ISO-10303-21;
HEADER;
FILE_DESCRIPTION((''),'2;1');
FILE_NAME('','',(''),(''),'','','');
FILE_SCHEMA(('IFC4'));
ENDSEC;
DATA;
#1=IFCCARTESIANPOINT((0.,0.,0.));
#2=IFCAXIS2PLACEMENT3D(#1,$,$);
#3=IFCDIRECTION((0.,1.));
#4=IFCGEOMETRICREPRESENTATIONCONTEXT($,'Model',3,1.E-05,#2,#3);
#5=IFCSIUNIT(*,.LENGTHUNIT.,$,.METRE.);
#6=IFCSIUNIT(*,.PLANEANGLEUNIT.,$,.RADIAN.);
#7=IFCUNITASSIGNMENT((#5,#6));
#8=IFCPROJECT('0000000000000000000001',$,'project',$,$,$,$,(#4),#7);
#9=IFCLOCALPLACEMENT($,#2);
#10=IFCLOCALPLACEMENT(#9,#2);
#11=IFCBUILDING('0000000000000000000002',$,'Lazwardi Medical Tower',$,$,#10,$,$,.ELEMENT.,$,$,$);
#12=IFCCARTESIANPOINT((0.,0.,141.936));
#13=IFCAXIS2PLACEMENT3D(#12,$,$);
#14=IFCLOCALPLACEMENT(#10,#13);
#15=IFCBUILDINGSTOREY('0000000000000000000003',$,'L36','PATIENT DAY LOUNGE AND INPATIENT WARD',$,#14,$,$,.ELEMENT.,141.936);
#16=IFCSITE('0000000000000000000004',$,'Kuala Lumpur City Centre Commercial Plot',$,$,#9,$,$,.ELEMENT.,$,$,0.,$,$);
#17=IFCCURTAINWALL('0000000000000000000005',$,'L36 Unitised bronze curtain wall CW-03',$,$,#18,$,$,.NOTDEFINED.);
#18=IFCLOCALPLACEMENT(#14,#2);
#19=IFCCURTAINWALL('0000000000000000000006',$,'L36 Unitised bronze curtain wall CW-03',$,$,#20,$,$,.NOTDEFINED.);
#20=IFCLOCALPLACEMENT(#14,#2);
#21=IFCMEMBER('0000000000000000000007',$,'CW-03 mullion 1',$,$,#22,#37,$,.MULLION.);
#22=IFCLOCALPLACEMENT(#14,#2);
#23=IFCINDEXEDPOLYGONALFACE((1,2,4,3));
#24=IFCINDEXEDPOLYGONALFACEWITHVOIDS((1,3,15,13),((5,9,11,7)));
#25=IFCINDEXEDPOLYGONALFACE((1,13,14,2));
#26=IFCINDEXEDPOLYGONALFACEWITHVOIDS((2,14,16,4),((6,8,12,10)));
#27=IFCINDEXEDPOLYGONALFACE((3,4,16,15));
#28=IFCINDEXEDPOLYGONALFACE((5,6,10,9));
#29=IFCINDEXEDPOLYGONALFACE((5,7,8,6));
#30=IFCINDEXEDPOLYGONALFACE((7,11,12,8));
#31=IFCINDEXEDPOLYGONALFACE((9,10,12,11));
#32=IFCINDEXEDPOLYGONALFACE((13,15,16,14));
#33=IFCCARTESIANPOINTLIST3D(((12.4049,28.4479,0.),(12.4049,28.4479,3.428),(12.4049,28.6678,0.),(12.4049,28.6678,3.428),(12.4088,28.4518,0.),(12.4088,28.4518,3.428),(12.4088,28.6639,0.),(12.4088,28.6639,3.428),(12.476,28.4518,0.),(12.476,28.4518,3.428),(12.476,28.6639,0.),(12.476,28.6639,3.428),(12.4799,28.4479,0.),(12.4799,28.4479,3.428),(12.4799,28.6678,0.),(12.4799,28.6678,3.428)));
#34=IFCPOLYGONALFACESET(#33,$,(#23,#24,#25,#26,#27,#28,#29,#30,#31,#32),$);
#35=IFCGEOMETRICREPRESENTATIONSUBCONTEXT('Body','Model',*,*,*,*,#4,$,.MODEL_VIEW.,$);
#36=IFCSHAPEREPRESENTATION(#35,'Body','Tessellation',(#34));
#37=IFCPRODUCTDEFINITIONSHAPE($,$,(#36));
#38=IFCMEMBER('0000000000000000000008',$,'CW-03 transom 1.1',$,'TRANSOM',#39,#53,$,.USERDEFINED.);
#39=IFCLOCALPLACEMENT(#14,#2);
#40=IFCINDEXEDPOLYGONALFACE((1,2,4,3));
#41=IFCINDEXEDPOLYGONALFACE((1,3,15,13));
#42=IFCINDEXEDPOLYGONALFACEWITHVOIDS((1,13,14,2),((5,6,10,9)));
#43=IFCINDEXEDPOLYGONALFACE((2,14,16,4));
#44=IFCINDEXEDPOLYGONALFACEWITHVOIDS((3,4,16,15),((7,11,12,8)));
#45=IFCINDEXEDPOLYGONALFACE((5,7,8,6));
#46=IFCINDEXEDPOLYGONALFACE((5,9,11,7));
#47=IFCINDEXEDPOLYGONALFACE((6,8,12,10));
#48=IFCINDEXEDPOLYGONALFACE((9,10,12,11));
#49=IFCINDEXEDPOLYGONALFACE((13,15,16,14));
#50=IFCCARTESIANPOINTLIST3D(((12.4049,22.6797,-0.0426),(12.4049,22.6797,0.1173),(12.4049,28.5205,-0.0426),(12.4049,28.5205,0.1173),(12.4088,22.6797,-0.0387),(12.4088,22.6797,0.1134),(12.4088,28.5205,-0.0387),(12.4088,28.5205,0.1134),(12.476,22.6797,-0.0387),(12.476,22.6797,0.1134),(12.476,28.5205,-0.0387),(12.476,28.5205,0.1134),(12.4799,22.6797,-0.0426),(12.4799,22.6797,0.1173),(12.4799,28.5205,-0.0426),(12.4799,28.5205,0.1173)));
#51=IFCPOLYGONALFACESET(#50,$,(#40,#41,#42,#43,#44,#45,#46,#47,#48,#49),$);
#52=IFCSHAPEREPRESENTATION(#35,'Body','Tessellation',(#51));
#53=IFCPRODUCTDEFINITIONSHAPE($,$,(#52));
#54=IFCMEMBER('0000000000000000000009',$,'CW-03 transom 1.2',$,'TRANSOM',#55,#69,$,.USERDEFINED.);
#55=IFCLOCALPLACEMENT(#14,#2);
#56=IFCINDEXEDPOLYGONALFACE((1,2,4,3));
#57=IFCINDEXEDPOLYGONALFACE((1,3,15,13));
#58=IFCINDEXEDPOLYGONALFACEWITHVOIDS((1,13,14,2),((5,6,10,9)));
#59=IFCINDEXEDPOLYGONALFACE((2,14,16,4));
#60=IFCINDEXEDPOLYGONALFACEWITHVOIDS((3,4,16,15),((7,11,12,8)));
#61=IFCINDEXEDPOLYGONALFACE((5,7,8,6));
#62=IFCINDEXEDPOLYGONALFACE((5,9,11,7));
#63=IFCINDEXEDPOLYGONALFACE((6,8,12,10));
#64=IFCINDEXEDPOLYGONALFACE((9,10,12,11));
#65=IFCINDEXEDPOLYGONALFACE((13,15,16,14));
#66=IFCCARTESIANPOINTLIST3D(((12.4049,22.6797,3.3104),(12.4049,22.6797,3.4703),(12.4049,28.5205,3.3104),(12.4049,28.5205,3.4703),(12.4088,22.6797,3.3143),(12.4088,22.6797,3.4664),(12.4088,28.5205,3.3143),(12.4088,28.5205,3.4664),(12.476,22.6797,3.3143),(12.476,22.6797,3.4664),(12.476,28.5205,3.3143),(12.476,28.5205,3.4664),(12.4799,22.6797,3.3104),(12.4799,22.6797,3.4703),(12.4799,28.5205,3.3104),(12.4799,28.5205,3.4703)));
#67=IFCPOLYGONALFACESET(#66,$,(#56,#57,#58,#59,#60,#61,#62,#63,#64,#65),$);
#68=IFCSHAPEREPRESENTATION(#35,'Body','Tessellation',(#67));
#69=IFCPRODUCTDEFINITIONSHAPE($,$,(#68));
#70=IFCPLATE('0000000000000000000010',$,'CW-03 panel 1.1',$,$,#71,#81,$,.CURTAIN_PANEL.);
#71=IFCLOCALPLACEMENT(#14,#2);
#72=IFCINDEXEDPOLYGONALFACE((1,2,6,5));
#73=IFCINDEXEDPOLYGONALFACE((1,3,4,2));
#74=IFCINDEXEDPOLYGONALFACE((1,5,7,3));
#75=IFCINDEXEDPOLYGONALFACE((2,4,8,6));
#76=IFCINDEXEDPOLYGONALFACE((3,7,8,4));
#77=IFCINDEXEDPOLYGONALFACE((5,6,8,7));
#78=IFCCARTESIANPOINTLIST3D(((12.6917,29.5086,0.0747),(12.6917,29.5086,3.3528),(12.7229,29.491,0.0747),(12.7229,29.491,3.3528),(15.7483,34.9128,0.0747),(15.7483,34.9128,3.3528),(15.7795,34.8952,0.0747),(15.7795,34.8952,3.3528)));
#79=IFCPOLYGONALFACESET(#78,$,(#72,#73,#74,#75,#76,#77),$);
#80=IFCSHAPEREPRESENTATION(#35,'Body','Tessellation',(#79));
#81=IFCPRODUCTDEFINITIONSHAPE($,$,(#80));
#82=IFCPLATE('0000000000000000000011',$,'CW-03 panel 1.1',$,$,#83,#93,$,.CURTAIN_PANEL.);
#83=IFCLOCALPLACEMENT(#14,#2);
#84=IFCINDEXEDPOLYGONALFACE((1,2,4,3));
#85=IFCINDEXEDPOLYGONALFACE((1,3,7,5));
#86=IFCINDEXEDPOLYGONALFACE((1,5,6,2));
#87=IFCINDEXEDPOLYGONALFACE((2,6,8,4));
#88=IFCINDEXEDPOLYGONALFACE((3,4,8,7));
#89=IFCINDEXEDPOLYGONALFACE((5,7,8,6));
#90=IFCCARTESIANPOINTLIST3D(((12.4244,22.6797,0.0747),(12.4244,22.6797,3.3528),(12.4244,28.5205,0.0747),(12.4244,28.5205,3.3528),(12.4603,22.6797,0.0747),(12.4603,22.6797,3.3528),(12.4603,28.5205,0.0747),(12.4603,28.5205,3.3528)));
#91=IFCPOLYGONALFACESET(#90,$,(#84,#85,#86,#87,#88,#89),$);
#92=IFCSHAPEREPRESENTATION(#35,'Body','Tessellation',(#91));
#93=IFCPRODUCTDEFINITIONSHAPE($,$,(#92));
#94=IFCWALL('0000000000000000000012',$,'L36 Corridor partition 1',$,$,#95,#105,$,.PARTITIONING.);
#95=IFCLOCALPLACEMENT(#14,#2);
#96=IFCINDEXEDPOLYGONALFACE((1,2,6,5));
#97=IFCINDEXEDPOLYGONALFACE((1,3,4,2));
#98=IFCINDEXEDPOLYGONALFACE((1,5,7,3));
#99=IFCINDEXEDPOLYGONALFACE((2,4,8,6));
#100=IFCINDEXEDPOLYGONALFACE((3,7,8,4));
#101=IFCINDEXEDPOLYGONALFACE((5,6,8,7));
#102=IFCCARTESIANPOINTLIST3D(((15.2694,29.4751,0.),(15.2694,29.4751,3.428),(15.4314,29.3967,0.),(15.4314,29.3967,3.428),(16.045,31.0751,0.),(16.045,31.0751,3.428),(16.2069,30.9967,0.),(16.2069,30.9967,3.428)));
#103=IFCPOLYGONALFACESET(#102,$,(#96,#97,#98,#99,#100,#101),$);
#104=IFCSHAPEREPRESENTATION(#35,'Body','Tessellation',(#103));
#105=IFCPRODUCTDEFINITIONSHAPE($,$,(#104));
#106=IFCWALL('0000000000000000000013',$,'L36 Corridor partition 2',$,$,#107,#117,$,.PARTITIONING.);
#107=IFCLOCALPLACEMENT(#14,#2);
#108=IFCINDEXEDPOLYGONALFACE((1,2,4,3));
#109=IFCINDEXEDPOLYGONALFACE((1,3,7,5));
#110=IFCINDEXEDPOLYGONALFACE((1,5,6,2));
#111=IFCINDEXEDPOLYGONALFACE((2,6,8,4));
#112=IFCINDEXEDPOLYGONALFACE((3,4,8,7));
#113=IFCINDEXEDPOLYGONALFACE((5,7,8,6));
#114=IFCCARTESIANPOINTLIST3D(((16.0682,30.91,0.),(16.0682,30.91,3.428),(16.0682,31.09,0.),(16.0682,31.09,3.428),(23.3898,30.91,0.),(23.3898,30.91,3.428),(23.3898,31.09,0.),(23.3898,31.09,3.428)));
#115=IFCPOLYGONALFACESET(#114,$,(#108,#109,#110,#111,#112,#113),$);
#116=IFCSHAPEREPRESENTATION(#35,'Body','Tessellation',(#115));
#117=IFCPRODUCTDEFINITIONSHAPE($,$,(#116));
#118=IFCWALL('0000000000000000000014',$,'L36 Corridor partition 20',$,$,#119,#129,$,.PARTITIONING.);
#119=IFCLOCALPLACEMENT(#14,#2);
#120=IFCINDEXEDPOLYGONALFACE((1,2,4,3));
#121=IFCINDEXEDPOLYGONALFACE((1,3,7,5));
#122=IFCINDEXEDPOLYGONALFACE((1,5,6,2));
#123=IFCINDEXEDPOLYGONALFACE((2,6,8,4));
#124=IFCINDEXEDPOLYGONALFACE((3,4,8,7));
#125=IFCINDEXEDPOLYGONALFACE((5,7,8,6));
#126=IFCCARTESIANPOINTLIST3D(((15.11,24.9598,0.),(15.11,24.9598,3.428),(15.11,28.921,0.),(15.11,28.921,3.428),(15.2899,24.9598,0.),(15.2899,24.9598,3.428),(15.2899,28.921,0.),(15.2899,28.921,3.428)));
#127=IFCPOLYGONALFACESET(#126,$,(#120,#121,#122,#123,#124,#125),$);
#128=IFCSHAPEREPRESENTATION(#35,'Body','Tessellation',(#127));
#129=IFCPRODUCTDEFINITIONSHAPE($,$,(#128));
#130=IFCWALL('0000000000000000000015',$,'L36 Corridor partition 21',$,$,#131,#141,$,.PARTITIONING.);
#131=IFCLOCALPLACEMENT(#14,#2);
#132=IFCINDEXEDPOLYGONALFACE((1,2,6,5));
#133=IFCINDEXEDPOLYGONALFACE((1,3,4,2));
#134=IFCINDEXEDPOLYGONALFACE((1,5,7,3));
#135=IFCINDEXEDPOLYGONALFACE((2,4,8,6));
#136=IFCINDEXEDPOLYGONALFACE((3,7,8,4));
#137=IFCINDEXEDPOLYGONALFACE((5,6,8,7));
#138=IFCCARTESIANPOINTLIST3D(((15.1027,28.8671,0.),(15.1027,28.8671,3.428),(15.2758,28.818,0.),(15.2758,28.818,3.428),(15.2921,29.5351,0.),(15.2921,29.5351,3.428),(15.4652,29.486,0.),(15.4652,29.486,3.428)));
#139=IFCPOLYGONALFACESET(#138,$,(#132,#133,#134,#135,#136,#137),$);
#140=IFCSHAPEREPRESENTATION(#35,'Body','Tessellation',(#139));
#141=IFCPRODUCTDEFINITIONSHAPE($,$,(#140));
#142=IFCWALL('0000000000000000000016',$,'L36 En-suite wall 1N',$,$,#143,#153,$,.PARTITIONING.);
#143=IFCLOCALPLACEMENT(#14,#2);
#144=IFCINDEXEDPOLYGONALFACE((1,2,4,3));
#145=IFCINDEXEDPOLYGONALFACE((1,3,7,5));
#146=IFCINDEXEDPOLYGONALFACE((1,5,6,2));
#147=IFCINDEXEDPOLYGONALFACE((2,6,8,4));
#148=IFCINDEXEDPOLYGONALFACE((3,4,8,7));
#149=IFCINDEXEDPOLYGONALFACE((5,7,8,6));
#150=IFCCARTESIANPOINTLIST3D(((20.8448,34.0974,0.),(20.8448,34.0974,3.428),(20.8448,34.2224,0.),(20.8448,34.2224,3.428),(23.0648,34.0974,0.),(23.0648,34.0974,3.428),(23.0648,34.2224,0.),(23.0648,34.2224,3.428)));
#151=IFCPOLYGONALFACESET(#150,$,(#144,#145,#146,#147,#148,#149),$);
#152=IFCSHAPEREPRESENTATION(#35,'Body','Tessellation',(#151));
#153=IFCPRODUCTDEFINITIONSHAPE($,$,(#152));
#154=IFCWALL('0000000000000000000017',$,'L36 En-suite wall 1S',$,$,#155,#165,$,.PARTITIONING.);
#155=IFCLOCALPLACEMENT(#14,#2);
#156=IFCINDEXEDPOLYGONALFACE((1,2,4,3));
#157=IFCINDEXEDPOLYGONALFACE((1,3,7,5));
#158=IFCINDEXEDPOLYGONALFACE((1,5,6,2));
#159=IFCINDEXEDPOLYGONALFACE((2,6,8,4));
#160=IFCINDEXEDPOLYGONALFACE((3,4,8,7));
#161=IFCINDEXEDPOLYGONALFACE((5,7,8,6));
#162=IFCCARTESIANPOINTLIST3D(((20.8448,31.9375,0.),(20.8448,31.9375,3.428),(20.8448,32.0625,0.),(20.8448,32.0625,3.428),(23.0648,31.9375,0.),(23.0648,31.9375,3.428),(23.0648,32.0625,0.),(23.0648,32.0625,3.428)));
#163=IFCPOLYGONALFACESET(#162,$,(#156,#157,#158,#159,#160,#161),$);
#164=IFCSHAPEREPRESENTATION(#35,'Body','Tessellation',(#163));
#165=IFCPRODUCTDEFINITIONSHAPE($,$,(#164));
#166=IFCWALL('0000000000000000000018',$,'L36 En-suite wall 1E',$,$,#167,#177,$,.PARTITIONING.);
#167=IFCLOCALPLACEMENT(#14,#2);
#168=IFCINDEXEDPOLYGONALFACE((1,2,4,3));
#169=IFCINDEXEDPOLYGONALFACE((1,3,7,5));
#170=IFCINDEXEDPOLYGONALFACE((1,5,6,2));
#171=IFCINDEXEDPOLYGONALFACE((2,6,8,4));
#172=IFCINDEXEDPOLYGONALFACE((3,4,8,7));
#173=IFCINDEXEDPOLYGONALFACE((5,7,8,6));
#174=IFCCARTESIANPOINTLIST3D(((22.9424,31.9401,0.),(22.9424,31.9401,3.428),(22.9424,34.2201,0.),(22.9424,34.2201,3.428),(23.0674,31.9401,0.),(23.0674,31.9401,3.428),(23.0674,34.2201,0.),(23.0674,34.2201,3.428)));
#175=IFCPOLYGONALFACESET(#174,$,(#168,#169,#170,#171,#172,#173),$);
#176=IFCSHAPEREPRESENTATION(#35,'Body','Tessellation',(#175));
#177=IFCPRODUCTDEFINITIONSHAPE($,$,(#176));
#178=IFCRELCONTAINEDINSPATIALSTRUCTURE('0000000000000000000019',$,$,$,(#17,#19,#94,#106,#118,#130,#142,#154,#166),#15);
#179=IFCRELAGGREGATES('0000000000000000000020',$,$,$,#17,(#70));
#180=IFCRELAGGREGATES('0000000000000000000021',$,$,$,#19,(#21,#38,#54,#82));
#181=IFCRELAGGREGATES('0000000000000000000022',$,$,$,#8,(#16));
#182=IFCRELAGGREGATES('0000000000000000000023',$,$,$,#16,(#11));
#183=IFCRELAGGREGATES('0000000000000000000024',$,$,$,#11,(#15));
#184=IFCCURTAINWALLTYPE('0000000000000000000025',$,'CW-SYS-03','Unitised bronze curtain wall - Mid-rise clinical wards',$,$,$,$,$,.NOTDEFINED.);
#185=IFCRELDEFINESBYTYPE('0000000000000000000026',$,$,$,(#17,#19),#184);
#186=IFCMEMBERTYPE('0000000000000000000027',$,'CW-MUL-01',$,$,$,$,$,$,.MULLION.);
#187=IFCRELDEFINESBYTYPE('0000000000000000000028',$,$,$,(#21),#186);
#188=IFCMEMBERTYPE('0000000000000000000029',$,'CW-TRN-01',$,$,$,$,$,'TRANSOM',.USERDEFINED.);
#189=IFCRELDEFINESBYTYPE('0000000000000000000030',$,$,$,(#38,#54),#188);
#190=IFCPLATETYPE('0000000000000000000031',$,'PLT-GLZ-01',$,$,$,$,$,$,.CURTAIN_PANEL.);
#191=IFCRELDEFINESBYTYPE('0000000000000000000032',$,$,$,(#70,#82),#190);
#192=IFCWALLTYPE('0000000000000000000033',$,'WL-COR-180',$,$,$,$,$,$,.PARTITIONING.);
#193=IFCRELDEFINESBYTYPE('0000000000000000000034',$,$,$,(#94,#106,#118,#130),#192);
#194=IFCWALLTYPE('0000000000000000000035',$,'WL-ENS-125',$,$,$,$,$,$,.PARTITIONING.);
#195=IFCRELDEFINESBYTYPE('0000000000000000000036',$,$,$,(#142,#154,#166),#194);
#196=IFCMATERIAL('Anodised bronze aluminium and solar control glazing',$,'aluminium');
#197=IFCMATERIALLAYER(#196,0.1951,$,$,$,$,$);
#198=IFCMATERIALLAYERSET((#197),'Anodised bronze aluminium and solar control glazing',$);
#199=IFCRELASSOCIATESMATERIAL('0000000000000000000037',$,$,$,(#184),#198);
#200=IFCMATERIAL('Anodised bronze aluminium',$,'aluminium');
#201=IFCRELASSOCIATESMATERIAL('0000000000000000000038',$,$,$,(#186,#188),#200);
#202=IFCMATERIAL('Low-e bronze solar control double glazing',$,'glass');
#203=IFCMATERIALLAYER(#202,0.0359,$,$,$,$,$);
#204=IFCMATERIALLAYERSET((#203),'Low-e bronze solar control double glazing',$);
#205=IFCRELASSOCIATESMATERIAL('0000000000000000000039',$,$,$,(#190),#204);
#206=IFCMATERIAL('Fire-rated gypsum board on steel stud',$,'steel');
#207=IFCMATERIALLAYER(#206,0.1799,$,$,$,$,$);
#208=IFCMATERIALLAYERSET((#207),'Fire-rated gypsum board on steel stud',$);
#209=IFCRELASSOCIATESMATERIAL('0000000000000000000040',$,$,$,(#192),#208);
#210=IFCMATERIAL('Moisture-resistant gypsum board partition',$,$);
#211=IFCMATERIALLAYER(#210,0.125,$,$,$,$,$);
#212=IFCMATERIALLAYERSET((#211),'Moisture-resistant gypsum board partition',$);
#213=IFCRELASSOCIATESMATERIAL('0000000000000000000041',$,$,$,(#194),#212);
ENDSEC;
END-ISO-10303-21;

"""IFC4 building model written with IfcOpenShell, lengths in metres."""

from ifc_helpers import new_model, si_unit, direction, frame, frame_2d, origin, origin_2d, place, context, subcontext, project, spatial, rectangle, hollow_rectangle, extrude, material, layer, layer_set, material_profile, profile_set, type_object, element, aggregate, save


model = new_model("IFC4")

# Units and contexts
model_context = context("Model", 3, precision=1e-05, world=origin(), true_north=direction((0.0, 1.0)))
body_context = subcontext(model_context, "Body", "Model", "MODEL_VIEW")
ifc_project = project(units=[si_unit("LENGTHUNIT", "METRE"), si_unit("PLANEANGLEUNIT", "RADIAN")], contexts=[model_context])

# Site, building, storey
site_placement = place(None, origin())
site = spatial("IfcSite", under=ifc_project, at=site_placement, Name="Kuala Lumpur City Centre Commercial Plot", CompositionType="ELEMENT", RefElevation=0.0)
building_placement = place(site_placement, origin())
building = spatial("IfcBuilding", under=site, at=building_placement, Name="Lazwardi Medical Tower", CompositionType="ELEMENT")
storey_placement = place(building_placement, frame((0.0, 0.0, 141.936)))
storey = spatial("IfcBuildingStorey", under=building, at=storey_placement, Name="L36", Description="PATIENT DAY LOUNGE AND INPATIENT WARD", CompositionType="ELEMENT", Elevation=141.936)

# Curtain wall
ifc_material_1 = material(Name="Anodised bronze aluminium and solar control glazing", Category="aluminium")
ifc_layer_1 = layer(ifc_material_1, 0.1951)
ifc_layer_set_1 = layer_set([ifc_layer_1], Name="Anodised bronze aluminium and solar control glazing")
curtain_wall_type = type_object("IfcCurtainWallType", Name="CW-SYS-03", Description="Unitised bronze curtain wall - Mid-rise clinical wards", PredefinedType="NOTDEFINED", material=ifc_layer_set_1)
curtain_wall_1_placement = place(storey_placement, origin())
curtain_wall_1 = element("IfcCurtainWall", 1, at=curtain_wall_1_placement, inside=storey, type_object=curtain_wall_type, Name="L36 Unitised bronze curtain wall CW-03", PredefinedType="NOTDEFINED")
ifc_material_2 = material(Name="Anodised bronze aluminium", Category="aluminium")
ifc_material_profile_1 = material_profile(ifc_material_2, hollow_rectangle(XDim=0.075, YDim=0.22, WallThickness=0.0039, at=origin_2d()), Name="ALU-MULLION 220x75x4")
ifc_profile_set_1 = profile_set([ifc_material_profile_1], Name="Anodised bronze aluminium")
member_type_1 = type_object("IfcMemberType", Name="CW-MUL-01", PredefinedType="MULLION", material=ifc_profile_set_1)

# Curtain wall, members
curtain_wall_2_placement = place(storey_placement, origin())
curtain_wall_2 = element("IfcCurtainWall", 2, at=curtain_wall_2_placement, inside=storey, type_object=curtain_wall_type, Name="L36 Unitised bronze curtain wall CW-03", PredefinedType="NOTDEFINED")
member_1_placement = place(storey_placement, frame((12.4424, 28.5579, 0.0), z_axis=(0.0, 0.0, 1.0), x_axis=(1.0, 0.0, 0.0)))
member_1 = element("IfcMember", 3, at=member_1_placement, type_object=member_type_1, Name="CW-03 mullion 1", PredefinedType="MULLION", context=body_context, shape_type="SweptSolid", body=[
    extrude(hollow_rectangle(XDim=0.075, YDim=0.22, WallThickness=0.0039, at=origin_2d()), origin(), (0.0, 0.0, 1.0), 3.428),
])
ifc_material_profile_2 = material_profile(ifc_material_2, hollow_rectangle(XDim=0.075, YDim=0.1599, WallThickness=0.0039, at=origin_2d()), Name="ALU-TRANSOM 160x75x4")
ifc_profile_set_2 = profile_set([ifc_material_profile_2], Name="Anodised bronze aluminium")
member_type_2 = type_object("IfcMemberType", Name="CW-TRN-01", ElementType="TRANSOM", PredefinedType="USERDEFINED", material=ifc_profile_set_2)
member_2_placement = place(storey_placement, frame((12.4424, 28.5205, 0.0374), z_axis=(0.0, -1.0, 0.0), x_axis=(1.0, 0.0, 0.0)))
member_2 = element("IfcMember", 4, at=member_2_placement, type_object=member_type_2, Name="CW-03 transom 1.1", ObjectType="TRANSOM", PredefinedType="USERDEFINED", context=body_context, shape_type="SweptSolid", body=[
    extrude(hollow_rectangle(XDim=0.075, YDim=0.1599, WallThickness=0.0039, at=origin_2d()), origin(), (0.0, 0.0, 1.0), 5.8408),
])
member_3_placement = place(storey_placement, frame((12.4424, 28.5205, 3.3904), z_axis=(0.0, -1.0, 0.0), x_axis=(1.0, 0.0, 0.0)))
member_3 = element("IfcMember", 5, at=member_3_placement, type_object=member_type_2, Name="CW-03 transom 1.2", ObjectType="TRANSOM", PredefinedType="USERDEFINED", context=body_context, shape_type="SweptSolid", body=[
    extrude(hollow_rectangle(XDim=0.075, YDim=0.1599, WallThickness=0.0039, at=origin_2d()), origin(), (0.0, 0.0, 1.0), 5.8408),
])

# Plates
ifc_material_3 = material(Name="Low-e bronze solar control double glazing", Category="glass")
ifc_layer_2 = layer(ifc_material_3, 0.0359)
ifc_layer_set_2 = layer_set([ifc_layer_2], Name="Low-e bronze solar control double glazing")
plate_type = type_object("IfcPlateType", Name="PLT-GLZ-01", PredefinedType="CURTAIN_PANEL", material=ifc_layer_set_2)
plate_1_placement = place(storey_placement, frame((14.2356, 32.2019, 0.0747), z_axis=(0.0, 0.0, 1.0), x_axis=(-0.492312, -0.870419, 0.0)))
plate_1 = element("IfcPlate", 6, at=plate_1_placement, type_object=plate_type, Name="CW-03 panel 1.1", PredefinedType="CURTAIN_PANEL", context=body_context, shape_type="SweptSolid", body=[
    extrude(rectangle(XDim=6.2087, YDim=0.0359, at=origin_2d()), origin(), (0.0, 0.0, 1.0), 3.2781),
])
aggregate(curtain_wall_1, [plate_1])
plate_2_placement = place(storey_placement, frame((12.4424, 25.6001, 0.0747), z_axis=(0.0, 0.0, 1.0), x_axis=(0.0, -1.0, 0.0)))
plate_2 = element("IfcPlate", 7, at=plate_2_placement, type_object=plate_type, Name="CW-03 panel 1.1", PredefinedType="CURTAIN_PANEL", context=body_context, shape_type="SweptSolid", body=[
    extrude(rectangle(XDim=5.8408, YDim=0.0359, at=origin_2d()), origin(), (0.0, 0.0, 1.0), 3.2781),
])
aggregate(curtain_wall_2, [member_1, member_2, member_3, plate_2])

# Walls
ifc_material_4 = material(Name="Fire-rated gypsum board on steel stud", Category="steel")
ifc_layer_3 = layer(ifc_material_4, 0.1799)
ifc_layer_set_3 = layer_set([ifc_layer_3], Name="Fire-rated gypsum board on steel stud")
wall_type_1 = type_object("IfcWallType", Name="WL-COR-180", PredefinedType="PARTITIONING", material=ifc_layer_set_3)
wall_1_placement = place(storey_placement, frame((15.3503, 29.4358, 0.0), z_axis=(0.0, 0.0, 1.0), x_axis=(0.436196, 0.899852, 0.0)))
element("IfcWall", 8, at=wall_1_placement, inside=storey, type_object=wall_type_1, Name="L36 Corridor partition 1", PredefinedType="PARTITIONING", context=body_context, shape_type="SweptSolid", body=[
    extrude(rectangle(XDim=1.7781, YDim=0.1799, at=frame_2d((0.8892, 0.0))), origin(), (0.0, 0.0, 1.0), 3.428),
])
wall_2_placement = place(storey_placement, frame((16.0684, 31.0, 0.0), z_axis=(0.0, 0.0, 1.0), x_axis=(1.0, 0.0, 0.0)))
element("IfcWall", 9, at=wall_2_placement, inside=storey, type_object=wall_type_1, Name="L36 Corridor partition 2", PredefinedType="PARTITIONING", context=body_context, shape_type="SweptSolid", body=[
    extrude(rectangle(XDim=7.3215, YDim=0.1799, at=frame_2d((3.6606, 0.0))), origin(), (0.0, 0.0, 1.0), 3.428),
])
wall_3_placement = place(storey_placement, frame((15.2, 24.96, 0.0), z_axis=(0.0, 0.0, 1.0), x_axis=(0.0, 1.0, 0.0)))
element("IfcWall", 10, at=wall_3_placement, inside=storey, type_object=wall_type_1, Name="L36 Corridor partition 20", PredefinedType="PARTITIONING", context=body_context, shape_type="SweptSolid", body=[
    extrude(rectangle(XDim=3.9612, YDim=0.1799, at=frame_2d((1.9805, 0.0))), origin(), (0.0, 0.0, 1.0), 3.428),
])
wall_4_placement = place(storey_placement, frame((15.1892, 28.8425, 0.0), z_axis=(0.0, 0.0, 1.0), x_axis=(0.272863, 0.962053, 0.0)))
element("IfcWall", 11, at=wall_4_placement, inside=storey, type_object=wall_type_1, Name="L36 Corridor partition 21", PredefinedType="PARTITIONING", context=body_context, shape_type="SweptSolid", body=[
    extrude(rectangle(XDim=0.6943, YDim=0.1799, at=frame_2d((0.3472, 0.0))), origin(), (0.0, 0.0, 1.0), 3.428),
])
ifc_material_5 = material(Name="Moisture-resistant gypsum board partition")
ifc_layer_4 = layer(ifc_material_5, 0.125)
ifc_layer_set_4 = layer_set([ifc_layer_4], Name="Moisture-resistant gypsum board partition")
wall_type_2 = type_object("IfcWallType", Name="WL-ENS-125", PredefinedType="PARTITIONING", material=ifc_layer_set_4)
for number, where, z_axis, x_axis, name in (
    (12, (20.845, 34.1599, 0.0), (0.0, 0.0, 1.0), (1.0, 0.0, 0.0), "L36 En-suite wall 1N"),
    (13, (20.845, 32.0, 0.0), (0.0, 0.0, 1.0), (1.0, 0.0, 0.0), "L36 En-suite wall 1S"),
):
    element("IfcWall", number, at=place(storey_placement, frame(where, z_axis=z_axis, x_axis=x_axis)), inside=storey, type_object=wall_type_2, Name=name, PredefinedType="PARTITIONING", context=body_context, shape_type="SweptSolid", body=[
        extrude(rectangle(XDim=2.22, YDim=0.125, at=frame_2d((1.1099, 0.0))), origin(), (0.0, 0.0, 1.0), 3.428),
    ])
wall_5_placement = place(storey_placement, frame((23.0049, 31.9399, 0.0), z_axis=(0.0, 0.0, 1.0), x_axis=(0.0, 1.0, 0.0)))
element("IfcWall", 14, at=wall_5_placement, inside=storey, type_object=wall_type_2, Name="L36 En-suite wall 1E", PredefinedType="PARTITIONING", context=body_context, shape_type="SweptSolid", body=[
    extrude(rectangle(XDim=2.28, YDim=0.125, at=frame_2d((1.1401, 0.0))), origin(), (0.0, 0.0, 1.0), 3.428),
])

save(model, "model.ifc")
